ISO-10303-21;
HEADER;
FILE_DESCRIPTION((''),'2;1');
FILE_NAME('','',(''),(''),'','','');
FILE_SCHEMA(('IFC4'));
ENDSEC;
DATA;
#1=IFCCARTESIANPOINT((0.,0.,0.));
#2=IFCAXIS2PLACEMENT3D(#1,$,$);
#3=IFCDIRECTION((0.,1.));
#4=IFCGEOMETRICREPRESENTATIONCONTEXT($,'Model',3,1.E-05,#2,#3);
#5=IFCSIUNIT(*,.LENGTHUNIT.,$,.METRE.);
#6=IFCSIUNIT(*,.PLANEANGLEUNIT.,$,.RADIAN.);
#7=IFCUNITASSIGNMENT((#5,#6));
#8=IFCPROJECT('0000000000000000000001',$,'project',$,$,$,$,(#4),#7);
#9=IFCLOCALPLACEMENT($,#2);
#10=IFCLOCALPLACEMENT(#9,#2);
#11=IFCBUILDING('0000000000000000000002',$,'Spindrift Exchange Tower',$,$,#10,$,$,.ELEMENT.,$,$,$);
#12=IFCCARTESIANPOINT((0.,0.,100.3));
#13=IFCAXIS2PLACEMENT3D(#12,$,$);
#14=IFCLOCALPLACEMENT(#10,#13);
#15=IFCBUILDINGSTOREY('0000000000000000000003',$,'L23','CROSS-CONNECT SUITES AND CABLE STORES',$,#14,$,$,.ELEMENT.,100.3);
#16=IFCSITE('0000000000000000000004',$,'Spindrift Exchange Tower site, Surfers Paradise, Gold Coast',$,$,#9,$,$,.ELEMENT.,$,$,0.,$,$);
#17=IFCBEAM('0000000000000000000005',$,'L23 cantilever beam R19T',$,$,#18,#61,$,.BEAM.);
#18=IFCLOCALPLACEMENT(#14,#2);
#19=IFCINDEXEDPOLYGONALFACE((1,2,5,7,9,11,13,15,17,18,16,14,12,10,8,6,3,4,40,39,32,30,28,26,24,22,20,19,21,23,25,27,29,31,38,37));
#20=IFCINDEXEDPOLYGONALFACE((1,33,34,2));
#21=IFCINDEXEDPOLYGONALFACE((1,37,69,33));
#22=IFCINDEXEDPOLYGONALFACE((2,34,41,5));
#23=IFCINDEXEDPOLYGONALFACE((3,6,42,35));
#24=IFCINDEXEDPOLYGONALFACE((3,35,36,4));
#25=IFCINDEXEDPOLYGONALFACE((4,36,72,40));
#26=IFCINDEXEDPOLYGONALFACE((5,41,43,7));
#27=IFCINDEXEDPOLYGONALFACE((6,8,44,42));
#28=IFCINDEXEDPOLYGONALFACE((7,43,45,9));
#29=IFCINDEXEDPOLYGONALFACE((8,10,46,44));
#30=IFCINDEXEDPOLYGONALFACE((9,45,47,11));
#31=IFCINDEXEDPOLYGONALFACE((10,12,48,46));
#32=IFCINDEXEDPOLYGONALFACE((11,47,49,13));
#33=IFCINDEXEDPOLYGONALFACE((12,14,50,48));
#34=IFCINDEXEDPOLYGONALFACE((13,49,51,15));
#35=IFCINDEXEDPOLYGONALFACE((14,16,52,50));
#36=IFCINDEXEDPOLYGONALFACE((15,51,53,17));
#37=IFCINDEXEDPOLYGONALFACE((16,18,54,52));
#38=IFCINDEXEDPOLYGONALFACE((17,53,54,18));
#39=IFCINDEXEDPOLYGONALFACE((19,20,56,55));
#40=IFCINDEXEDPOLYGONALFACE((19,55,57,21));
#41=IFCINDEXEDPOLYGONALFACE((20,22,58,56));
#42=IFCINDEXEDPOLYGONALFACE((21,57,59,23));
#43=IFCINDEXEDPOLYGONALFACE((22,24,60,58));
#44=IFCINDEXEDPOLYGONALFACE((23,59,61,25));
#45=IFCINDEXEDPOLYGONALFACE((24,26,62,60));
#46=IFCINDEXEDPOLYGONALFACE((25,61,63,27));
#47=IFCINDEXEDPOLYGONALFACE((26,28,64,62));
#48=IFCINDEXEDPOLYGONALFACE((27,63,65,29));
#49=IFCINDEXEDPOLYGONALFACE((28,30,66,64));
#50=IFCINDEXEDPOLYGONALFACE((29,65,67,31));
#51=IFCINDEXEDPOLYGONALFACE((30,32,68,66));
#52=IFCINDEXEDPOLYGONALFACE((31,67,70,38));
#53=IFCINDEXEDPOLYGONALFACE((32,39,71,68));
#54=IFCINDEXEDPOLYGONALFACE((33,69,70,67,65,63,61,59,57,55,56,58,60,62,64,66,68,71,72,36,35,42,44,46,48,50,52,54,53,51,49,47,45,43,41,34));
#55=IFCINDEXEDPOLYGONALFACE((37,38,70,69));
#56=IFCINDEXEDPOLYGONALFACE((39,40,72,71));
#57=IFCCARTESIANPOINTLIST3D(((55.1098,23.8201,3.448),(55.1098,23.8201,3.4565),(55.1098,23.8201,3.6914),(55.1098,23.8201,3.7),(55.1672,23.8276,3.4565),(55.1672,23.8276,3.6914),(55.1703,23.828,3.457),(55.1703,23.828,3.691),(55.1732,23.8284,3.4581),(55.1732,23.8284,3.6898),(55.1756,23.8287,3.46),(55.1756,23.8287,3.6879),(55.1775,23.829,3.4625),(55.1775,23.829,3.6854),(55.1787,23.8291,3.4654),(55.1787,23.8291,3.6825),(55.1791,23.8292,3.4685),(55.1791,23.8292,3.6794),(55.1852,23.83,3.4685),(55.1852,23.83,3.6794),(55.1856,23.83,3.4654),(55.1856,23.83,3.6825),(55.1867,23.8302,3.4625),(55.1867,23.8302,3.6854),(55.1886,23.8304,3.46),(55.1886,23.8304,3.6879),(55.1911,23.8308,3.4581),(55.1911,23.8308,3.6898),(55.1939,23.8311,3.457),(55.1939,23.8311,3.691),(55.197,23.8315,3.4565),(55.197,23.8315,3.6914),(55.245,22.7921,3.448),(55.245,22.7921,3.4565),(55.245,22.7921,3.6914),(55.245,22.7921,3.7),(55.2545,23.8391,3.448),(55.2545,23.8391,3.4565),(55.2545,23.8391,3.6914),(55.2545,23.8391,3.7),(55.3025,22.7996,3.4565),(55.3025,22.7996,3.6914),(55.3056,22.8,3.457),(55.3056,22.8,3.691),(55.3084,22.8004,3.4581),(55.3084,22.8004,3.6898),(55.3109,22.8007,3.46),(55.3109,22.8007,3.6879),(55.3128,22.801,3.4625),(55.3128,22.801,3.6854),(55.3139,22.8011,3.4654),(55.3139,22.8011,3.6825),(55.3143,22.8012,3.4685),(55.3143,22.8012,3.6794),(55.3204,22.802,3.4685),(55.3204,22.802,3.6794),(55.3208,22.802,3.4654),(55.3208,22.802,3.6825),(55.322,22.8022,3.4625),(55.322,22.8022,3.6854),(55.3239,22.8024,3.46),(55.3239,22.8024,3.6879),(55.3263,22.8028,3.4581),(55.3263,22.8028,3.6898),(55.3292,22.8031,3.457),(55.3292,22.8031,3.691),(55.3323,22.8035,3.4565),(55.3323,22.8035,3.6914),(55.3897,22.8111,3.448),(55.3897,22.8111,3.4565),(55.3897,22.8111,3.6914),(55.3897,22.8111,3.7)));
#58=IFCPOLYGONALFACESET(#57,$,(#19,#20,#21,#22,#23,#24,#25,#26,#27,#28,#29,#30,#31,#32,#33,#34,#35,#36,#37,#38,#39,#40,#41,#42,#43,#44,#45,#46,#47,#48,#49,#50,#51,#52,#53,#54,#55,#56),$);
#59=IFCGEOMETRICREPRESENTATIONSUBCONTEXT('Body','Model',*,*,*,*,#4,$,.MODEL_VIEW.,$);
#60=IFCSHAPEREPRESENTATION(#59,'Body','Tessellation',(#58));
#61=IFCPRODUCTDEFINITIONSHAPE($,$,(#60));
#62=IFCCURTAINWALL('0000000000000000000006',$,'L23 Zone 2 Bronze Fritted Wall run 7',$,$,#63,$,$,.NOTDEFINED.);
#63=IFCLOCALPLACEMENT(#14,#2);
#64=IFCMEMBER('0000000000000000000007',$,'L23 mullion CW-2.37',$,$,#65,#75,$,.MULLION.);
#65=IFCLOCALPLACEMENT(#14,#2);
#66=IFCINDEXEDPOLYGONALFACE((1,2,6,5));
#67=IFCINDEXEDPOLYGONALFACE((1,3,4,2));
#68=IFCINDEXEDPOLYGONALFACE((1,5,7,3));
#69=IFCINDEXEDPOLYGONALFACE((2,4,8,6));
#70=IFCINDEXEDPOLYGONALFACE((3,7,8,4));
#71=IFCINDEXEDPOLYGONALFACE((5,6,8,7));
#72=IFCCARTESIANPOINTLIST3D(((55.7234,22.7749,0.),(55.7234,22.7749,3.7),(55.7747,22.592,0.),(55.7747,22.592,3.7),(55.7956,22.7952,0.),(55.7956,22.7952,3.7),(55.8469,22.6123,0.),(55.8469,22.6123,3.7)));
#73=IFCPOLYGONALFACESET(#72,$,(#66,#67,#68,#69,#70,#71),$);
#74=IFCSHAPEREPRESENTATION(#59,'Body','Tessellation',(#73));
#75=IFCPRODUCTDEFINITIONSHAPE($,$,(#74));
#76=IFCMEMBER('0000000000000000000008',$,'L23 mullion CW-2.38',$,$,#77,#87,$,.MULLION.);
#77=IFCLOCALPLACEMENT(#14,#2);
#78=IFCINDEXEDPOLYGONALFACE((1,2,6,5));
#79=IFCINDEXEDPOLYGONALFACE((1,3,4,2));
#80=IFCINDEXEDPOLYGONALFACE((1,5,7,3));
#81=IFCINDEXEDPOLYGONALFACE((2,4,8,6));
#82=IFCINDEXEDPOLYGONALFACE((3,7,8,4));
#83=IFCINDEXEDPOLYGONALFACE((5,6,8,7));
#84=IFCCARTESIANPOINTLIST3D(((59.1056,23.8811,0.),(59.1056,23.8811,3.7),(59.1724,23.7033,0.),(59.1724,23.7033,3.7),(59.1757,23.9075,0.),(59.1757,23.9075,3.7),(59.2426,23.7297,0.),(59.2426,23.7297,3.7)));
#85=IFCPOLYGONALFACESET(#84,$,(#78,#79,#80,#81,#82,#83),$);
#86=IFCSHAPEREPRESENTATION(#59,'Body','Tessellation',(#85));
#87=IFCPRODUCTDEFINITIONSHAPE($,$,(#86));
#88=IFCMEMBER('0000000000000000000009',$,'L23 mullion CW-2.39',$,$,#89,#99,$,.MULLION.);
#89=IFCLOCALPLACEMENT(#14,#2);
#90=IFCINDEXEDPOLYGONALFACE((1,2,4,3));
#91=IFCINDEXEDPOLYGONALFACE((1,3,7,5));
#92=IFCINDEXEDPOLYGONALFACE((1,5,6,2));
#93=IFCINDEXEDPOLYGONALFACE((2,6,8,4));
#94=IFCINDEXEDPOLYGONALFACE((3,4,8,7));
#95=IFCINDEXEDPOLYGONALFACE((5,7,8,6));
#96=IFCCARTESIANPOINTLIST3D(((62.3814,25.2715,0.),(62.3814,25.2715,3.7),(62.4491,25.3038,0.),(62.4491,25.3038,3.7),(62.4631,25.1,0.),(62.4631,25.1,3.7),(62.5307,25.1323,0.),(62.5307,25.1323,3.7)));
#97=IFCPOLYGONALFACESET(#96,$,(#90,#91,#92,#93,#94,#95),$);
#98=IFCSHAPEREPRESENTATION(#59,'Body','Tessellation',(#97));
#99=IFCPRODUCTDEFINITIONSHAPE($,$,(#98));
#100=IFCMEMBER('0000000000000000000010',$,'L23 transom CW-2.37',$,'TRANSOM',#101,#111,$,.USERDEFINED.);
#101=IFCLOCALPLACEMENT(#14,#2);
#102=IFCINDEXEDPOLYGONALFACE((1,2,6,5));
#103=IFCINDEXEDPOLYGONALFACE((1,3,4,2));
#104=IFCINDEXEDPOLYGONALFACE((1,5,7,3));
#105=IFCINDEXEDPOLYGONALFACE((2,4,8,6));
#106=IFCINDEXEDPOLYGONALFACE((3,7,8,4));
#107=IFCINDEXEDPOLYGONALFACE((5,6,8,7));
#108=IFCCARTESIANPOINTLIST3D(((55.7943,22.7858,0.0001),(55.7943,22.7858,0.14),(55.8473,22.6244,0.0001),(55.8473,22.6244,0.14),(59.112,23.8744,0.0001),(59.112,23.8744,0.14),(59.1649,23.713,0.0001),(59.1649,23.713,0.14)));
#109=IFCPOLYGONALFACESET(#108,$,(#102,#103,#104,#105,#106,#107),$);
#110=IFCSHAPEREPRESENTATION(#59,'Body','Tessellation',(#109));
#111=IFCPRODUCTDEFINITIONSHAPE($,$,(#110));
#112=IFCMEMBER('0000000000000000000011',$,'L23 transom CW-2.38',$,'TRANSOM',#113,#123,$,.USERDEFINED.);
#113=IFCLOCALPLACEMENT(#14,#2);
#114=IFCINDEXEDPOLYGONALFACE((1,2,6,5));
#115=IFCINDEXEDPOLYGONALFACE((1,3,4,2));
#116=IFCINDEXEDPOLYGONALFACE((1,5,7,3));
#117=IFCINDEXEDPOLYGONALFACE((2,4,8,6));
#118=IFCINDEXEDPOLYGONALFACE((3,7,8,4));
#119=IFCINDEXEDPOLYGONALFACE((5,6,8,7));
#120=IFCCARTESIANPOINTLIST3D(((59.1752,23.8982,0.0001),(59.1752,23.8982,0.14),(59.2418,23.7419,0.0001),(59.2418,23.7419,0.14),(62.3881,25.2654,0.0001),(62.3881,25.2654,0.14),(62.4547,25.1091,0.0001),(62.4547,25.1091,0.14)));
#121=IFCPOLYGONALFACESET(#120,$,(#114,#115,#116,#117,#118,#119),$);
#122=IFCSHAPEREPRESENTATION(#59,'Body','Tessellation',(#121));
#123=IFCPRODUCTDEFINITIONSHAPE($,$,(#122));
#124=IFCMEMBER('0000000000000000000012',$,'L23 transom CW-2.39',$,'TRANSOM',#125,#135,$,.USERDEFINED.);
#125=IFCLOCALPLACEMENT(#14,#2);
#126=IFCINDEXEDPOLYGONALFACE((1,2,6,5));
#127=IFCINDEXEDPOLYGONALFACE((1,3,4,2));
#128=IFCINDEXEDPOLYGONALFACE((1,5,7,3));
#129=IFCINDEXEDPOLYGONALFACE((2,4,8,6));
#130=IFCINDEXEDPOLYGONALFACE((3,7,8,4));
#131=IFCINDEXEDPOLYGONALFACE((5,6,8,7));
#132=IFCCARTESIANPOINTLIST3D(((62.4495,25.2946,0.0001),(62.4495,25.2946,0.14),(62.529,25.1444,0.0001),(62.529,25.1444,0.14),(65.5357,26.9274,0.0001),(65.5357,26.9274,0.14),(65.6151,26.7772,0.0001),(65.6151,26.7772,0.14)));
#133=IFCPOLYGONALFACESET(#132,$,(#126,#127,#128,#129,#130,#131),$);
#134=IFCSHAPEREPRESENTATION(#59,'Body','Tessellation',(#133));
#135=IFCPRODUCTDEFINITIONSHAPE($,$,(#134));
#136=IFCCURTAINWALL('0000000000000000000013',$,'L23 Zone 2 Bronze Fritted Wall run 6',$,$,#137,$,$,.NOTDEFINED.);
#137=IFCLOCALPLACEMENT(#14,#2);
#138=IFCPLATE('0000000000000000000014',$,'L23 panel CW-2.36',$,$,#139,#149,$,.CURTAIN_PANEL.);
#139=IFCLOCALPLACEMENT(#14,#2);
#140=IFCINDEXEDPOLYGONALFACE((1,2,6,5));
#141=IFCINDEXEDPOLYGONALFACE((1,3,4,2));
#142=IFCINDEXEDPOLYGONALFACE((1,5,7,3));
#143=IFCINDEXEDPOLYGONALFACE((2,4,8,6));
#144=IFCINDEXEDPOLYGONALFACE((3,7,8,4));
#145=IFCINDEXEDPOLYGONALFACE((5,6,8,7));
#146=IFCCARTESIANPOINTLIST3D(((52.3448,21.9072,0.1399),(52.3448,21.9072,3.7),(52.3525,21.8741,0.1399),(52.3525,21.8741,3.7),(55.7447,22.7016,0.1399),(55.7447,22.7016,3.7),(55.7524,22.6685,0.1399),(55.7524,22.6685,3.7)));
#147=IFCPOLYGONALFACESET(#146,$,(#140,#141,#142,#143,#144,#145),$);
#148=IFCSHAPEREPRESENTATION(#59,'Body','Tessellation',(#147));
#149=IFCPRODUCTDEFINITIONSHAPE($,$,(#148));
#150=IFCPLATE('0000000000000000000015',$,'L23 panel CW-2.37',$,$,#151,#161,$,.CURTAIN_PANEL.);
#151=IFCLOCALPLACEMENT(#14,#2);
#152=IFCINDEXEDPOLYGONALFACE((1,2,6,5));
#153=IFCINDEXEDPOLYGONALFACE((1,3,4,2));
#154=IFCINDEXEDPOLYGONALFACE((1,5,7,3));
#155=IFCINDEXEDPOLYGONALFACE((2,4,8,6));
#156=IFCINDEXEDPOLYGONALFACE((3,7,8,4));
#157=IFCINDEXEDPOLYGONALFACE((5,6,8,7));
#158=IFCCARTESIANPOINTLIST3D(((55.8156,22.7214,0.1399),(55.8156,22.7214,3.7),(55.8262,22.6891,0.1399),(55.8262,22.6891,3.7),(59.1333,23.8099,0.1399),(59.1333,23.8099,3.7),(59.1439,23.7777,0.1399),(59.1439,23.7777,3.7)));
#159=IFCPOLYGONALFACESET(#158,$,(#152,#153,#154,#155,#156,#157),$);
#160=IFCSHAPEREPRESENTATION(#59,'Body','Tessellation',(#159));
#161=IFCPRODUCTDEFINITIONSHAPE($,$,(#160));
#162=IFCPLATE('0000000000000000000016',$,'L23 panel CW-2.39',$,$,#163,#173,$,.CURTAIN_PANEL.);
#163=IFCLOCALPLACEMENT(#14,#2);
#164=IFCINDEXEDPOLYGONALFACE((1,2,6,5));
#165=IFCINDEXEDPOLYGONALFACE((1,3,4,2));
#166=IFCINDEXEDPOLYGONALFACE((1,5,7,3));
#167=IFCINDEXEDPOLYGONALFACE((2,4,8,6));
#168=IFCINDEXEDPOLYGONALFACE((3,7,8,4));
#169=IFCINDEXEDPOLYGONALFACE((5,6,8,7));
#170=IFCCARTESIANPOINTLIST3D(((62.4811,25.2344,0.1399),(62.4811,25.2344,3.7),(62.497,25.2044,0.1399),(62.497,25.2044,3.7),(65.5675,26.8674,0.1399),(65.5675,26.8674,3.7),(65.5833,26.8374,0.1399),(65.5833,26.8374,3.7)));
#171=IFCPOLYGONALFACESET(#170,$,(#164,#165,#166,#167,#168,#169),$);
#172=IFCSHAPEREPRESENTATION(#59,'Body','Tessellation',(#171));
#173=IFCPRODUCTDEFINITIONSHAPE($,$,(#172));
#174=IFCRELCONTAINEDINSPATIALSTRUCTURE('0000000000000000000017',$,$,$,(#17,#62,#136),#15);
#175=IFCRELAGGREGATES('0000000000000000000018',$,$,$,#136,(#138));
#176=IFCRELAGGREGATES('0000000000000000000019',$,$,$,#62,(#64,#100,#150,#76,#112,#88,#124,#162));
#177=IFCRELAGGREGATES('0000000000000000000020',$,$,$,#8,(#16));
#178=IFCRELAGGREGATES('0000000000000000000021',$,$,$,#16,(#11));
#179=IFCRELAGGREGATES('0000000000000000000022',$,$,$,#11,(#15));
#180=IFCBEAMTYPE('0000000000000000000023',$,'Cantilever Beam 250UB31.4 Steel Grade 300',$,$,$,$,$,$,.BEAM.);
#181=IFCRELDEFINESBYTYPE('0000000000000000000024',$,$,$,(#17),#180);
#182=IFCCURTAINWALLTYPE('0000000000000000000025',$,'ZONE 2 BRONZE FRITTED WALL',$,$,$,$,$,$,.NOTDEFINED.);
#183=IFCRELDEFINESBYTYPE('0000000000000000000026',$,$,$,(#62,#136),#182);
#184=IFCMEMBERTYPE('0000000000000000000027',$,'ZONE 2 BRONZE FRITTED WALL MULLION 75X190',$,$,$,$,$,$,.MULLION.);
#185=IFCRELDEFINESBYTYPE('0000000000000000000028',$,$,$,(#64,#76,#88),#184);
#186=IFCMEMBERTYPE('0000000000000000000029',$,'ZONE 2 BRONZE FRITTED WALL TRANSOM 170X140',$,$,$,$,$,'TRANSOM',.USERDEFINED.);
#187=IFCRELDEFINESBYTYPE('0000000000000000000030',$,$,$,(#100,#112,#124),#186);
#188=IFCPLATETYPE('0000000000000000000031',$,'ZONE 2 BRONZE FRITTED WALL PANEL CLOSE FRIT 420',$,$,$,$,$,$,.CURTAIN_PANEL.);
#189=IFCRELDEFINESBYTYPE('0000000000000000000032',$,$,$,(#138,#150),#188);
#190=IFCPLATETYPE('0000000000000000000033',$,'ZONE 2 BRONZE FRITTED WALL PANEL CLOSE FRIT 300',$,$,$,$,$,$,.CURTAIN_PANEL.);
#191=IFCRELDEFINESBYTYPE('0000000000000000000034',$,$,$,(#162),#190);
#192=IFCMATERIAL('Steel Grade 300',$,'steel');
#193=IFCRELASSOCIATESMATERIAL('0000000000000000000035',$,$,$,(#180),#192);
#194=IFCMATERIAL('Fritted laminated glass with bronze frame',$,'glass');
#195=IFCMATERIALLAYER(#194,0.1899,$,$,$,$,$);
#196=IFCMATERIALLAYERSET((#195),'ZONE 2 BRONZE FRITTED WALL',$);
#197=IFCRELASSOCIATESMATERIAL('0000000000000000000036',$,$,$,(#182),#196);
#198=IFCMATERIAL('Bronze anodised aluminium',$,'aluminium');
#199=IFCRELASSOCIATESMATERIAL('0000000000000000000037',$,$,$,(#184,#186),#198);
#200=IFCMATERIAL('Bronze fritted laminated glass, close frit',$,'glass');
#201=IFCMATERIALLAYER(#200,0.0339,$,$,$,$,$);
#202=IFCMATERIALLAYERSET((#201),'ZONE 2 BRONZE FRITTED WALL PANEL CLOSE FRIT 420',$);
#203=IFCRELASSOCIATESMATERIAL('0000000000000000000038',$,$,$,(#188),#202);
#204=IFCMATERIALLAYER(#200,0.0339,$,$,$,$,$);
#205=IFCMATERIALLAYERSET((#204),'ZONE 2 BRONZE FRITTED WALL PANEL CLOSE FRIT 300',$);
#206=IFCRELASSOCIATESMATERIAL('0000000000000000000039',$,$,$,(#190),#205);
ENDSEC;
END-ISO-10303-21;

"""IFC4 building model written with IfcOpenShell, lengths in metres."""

from ifc_helpers import new_model, si_unit, direction, frame, origin, origin_2d, place, context, subcontext, project, spatial, rectangle, i_section, extrude, source, transform, mapped, material, layer, layer_set, material_profile, profile_set, type_object, element, aggregate, save


model = new_model("IFC4")

# Units and contexts
model_context = context("Model", 3, precision=1e-05, world=origin(), true_north=direction((0.0, 1.0)))
body_context = subcontext(model_context, "Body", "Model", "MODEL_VIEW")
ifc_project = project(units=[si_unit("LENGTHUNIT", "METRE"), si_unit("PLANEANGLEUNIT", "RADIAN")], contexts=[model_context])

# Site, building, storey
site_placement = place(None, origin())
site = spatial("IfcSite", under=ifc_project, at=site_placement, Name="Spindrift Exchange Tower site, Surfers Paradise, Gold Coast", CompositionType="ELEMENT", RefElevation=0.0)
building_placement = place(site_placement, origin())
building = spatial("IfcBuilding", under=site, at=building_placement, Name="Spindrift Exchange Tower", CompositionType="ELEMENT")
storey_placement = place(building_placement, frame((0.0, 0.0, 100.3)))
storey = spatial("IfcBuildingStorey", under=building, at=storey_placement, Name="L23", Description="CROSS-CONNECT SUITES AND CABLE STORES", CompositionType="ELEMENT", Elevation=100.3)

# Beam
ifc_material_1 = material(Name="Steel Grade 300", Category="steel")
ifc_material_profile_1 = material_profile(ifc_material_1, i_section(OverallWidth=0.146, OverallDepth=0.252, WebThickness=0.0061, FlangeThickness=0.0085, FilletRadius=0.012, at=origin_2d()), Name="250UB31.4")
ifc_profile_set_1 = profile_set([ifc_material_profile_1], Name="Steel Grade 300")
beam_type_1 = type_object("IfcBeamType", Name="Cantilever Beam 250UB31.4 Steel Grade 300", PredefinedType="BEAM", material=ifc_profile_set_1)
shared_shape_1 = source(origin(), body_context, "Body", "SweptSolid", [
    extrude(i_section(OverallWidth=0.146, OverallDepth=0.252, WebThickness=0.0061, FlangeThickness=0.0085, FilletRadius=0.012, at=origin_2d()), origin(), (0.0, 0.0, 1.0), 1.0369),
])
beam_1_placement = place(storey_placement, frame((55.1821, 23.8296, 3.574), z_axis=(0.130436, -0.991457, 0.0), x_axis=(0.991457, 0.130436, 0.0)))
element("IfcBeam", 1, at=beam_1_placement, inside=storey, type_object=beam_type_1, Name="L23 cantilever beam R19T", PredefinedType="BEAM", context=body_context, shape_type="MappedRepresentation", body=[
    mapped(shared_shape_1, transform((0.0, 0.0, 0.0), scale=1.0)),
])

# Curtain wall, members
ifc_material_2 = material(Name="Fritted laminated glass with bronze frame", Category="glass")
ifc_layer_1 = layer(ifc_material_2, 0.1899)
ifc_layer_set_1 = layer_set([ifc_layer_1], Name="ZONE 2 BRONZE FRITTED WALL")
curtain_wall_type = type_object("IfcCurtainWallType", Name="ZONE 2 BRONZE FRITTED WALL", PredefinedType="NOTDEFINED", material=ifc_layer_set_1)
curtain_wall_1_placement = place(storey_placement, origin())
curtain_wall_1 = element("IfcCurtainWall", 2, at=curtain_wall_1_placement, inside=storey, type_object=curtain_wall_type, Name="L23 Zone 2 Bronze Fritted Wall run 7", PredefinedType="NOTDEFINED")
ifc_material_3 = material(Name="Bronze anodised aluminium", Category="aluminium")
ifc_material_profile_2 = material_profile(ifc_material_3, rectangle(XDim=0.075, YDim=0.1899, at=origin_2d()), Name="ZONE 2 BRONZE FRITTED WALL MULLION 75X190")
ifc_profile_set_2 = profile_set([ifc_material_profile_2], Name="Bronze anodised aluminium")
member_type_1 = type_object("IfcMemberType", Name="ZONE 2 BRONZE FRITTED WALL MULLION 75X190", PredefinedType="MULLION", material=ifc_profile_set_2)
shared_shape_2 = source(origin(), body_context, "Body", "SweptSolid", [
    extrude(rectangle(XDim=0.075, YDim=0.1899, at=origin_2d()), origin(), (0.0, 0.0, 1.0), 3.7),
])
member_1_placement = place(storey_placement, frame((55.7852, 22.6936, 0.0), z_axis=(0.0, 0.0, 1.0), x_axis=(0.962889, 0.269898, 0.0)))
member_1 = element("IfcMember", 3, at=member_1_placement, type_object=member_type_1, Name="L23 mullion CW-2.37", PredefinedType="MULLION", context=body_context, shape_type="MappedRepresentation", body=[
    mapped(shared_shape_2, transform((0.0, 0.0, 0.0), scale=1.0)),
])
member_2_placement = place(storey_placement, frame((59.1741, 23.8054, 0.0), z_axis=(0.0, 0.0, 1.0), x_axis=(0.936013, 0.351966, 0.0)))
member_2 = element("IfcMember", 4, at=member_2_placement, type_object=member_type_1, Name="L23 mullion CW-2.38", PredefinedType="MULLION", context=body_context, shape_type="MappedRepresentation", body=[
    mapped(shared_shape_2, transform((0.0, 0.0, 0.0), scale=1.0)),
])
member_3_placement = place(storey_placement, frame((62.4561, 25.2019, 0.0), z_axis=(0.0, 0.0, 1.0), x_axis=(0.902836, 0.429985, 0.0)))
member_3 = element("IfcMember", 5, at=member_3_placement, type_object=member_type_1, Name="L23 mullion CW-2.39", PredefinedType="MULLION", context=body_context, shape_type="MappedRepresentation", body=[
    mapped(shared_shape_2, transform((0.0, 0.0, 0.0), scale=1.0)),
])
ifc_material_profile_3 = material_profile(ifc_material_3, rectangle(XDim=0.1699, YDim=0.1399, at=origin_2d()), Name="ZONE 2 BRONZE FRITTED WALL TRANSOM 170X140")
ifc_profile_set_3 = profile_set([ifc_material_profile_3], Name="Bronze anodised aluminium")
member_type_2 = type_object("IfcMemberType", Name="ZONE 2 BRONZE FRITTED WALL TRANSOM 170X140", ElementType="TRANSOM", PredefinedType="USERDEFINED", material=ifc_profile_set_3)
shared_shape_3 = source(origin(), body_context, "Body", "SweptSolid", [
    extrude(rectangle(XDim=0.1699, YDim=0.1399, at=origin_2d()), origin(), (0.0, 0.0, 1.0), 3.4917),
])
member_4_placement = place(storey_placement, frame((55.8208, 22.7051, 0.0701), z_axis=(0.950155, 0.311777, 0.0), x_axis=(-0.311777, 0.950155, 0.0)))
member_4 = element("IfcMember", 6, at=member_4_placement, type_object=member_type_2, Name="L23 transom CW-2.37", ObjectType="TRANSOM", PredefinedType="USERDEFINED", context=body_context, shape_type="MappedRepresentation", body=[
    mapped(shared_shape_3, transform((0.0, 0.0, 0.0), scale=1.0)),
])
member_5_placement = place(storey_placement, frame((59.2085, 23.8201, 0.0701), z_axis=(0.920155, 0.391555, 0.0), x_axis=(-0.391555, 0.920155, 0.0)))
member_5 = element("IfcMember", 7, at=member_5_placement, type_object=member_type_2, Name="L23 transom CW-2.38", ObjectType="TRANSOM", PredefinedType="USERDEFINED", context=body_context, shape_type="MappedRepresentation", body=[
    mapped(shared_shape_3, transform((0.0, 0.0, 0.0), scale=1.0)),
])
shared_shape_4 = source(origin(), body_context, "Body", "SweptSolid", [
    extrude(rectangle(XDim=0.1699, YDim=0.1399, at=origin_2d()), origin(), (0.0, 0.0, 1.0), 3.4915),
])
member_6_placement = place(storey_placement, frame((62.4893, 25.2195, 0.0701), z_axis=(0.883912, 0.467653, 0.0), x_axis=(-0.467653, 0.883912, 0.0)))
member_6 = element("IfcMember", 8, at=member_6_placement, type_object=member_type_2, Name="L23 transom CW-2.39", ObjectType="TRANSOM", PredefinedType="USERDEFINED", context=body_context, shape_type="MappedRepresentation", body=[
    mapped(shared_shape_4, transform((0.0, 0.0, 0.0), scale=1.0)),
])

# Curtain wall, plate
curtain_wall_2_placement = place(storey_placement, origin())
curtain_wall_2 = element("IfcCurtainWall", 9, at=curtain_wall_2_placement, inside=storey, type_object=curtain_wall_type, Name="L23 Zone 2 Bronze Fritted Wall run 6", PredefinedType="NOTDEFINED")
ifc_material_4 = material(Name="Bronze fritted laminated glass, close frit", Category="glass")
ifc_layer_2 = layer(ifc_material_4, 0.0339)
ifc_layer_set_2 = layer_set([ifc_layer_2], Name="ZONE 2 BRONZE FRITTED WALL PANEL CLOSE FRIT 420")
plate_type_1 = type_object("IfcPlateType", Name="ZONE 2 BRONZE FRITTED WALL PANEL CLOSE FRIT 420", PredefinedType="CURTAIN_PANEL", material=ifc_layer_set_2)
shared_shape_5 = source(origin(), body_context, "Body", "SweptSolid", [
    extrude(rectangle(XDim=3.4915, YDim=0.0339, at=origin_2d()), origin(), (0.0, 0.0, 1.0), 3.5601),
])
plate_1_placement = place(storey_placement, frame((54.0486, 22.2878, 0.1399), z_axis=(0.0, 0.0, 1.0), x_axis=(0.973771, 0.227532, 0.0)))
plate_1 = element("IfcPlate", 10, at=plate_1_placement, type_object=plate_type_1, Name="L23 panel CW-2.36", PredefinedType="CURTAIN_PANEL", context=body_context, shape_type="MappedRepresentation", body=[
    mapped(shared_shape_5, transform((0.0, 0.0, 0.0), scale=1.0)),
])
aggregate(curtain_wall_2, [plate_1])

# Plates
shared_shape_6 = source(origin(), body_context, "Body", "SweptSolid", [
    extrude(rectangle(XDim=3.4917, YDim=0.0339, at=origin_2d()), origin(), (0.0, 0.0, 1.0), 3.5601),
])
plate_2_placement = place(storey_placement, frame((57.4797, 23.2495, 0.1399), z_axis=(0.0, 0.0, 1.0), x_axis=(0.950164, 0.31175, 0.0)))
plate_2 = element("IfcPlate", 11, at=plate_2_placement, type_object=plate_type_1, Name="L23 panel CW-2.37", PredefinedType="CURTAIN_PANEL", context=body_context, shape_type="MappedRepresentation", body=[
    mapped(shared_shape_6, transform((0.0, 0.0, 0.0), scale=1.0)),
])
ifc_layer_3 = layer(ifc_material_4, 0.0339)
ifc_layer_set_3 = layer_set([ifc_layer_3], Name="ZONE 2 BRONZE FRITTED WALL PANEL CLOSE FRIT 300")
plate_type_2 = type_object("IfcPlateType", Name="ZONE 2 BRONZE FRITTED WALL PANEL CLOSE FRIT 300", PredefinedType="CURTAIN_PANEL", material=ifc_layer_set_3)
shared_shape_7 = source(origin(), body_context, "Body", "SweptSolid", [
    extrude(rectangle(XDim=3.4917, YDim=0.0339, at=origin_2d()), origin(), (0.0, 0.0, 1.0), 3.5601),
])
plate_3_placement = place(storey_placement, frame((64.0322, 26.0359, 0.1399), z_axis=(0.0, 0.0, 1.0), x_axis=(0.883907, 0.467663, 0.0)))
plate_3 = element("IfcPlate", 12, at=plate_3_placement, type_object=plate_type_2, Name="L23 panel CW-2.39", PredefinedType="CURTAIN_PANEL", context=body_context, shape_type="MappedRepresentation", body=[
    mapped(shared_shape_7, transform((0.0, 0.0, 0.0), scale=1.0)),
])
aggregate(curtain_wall_1, [member_1, member_4, plate_2, member_2, member_5, member_3, member_6, plate_3])

save(model, "model.ifc")
